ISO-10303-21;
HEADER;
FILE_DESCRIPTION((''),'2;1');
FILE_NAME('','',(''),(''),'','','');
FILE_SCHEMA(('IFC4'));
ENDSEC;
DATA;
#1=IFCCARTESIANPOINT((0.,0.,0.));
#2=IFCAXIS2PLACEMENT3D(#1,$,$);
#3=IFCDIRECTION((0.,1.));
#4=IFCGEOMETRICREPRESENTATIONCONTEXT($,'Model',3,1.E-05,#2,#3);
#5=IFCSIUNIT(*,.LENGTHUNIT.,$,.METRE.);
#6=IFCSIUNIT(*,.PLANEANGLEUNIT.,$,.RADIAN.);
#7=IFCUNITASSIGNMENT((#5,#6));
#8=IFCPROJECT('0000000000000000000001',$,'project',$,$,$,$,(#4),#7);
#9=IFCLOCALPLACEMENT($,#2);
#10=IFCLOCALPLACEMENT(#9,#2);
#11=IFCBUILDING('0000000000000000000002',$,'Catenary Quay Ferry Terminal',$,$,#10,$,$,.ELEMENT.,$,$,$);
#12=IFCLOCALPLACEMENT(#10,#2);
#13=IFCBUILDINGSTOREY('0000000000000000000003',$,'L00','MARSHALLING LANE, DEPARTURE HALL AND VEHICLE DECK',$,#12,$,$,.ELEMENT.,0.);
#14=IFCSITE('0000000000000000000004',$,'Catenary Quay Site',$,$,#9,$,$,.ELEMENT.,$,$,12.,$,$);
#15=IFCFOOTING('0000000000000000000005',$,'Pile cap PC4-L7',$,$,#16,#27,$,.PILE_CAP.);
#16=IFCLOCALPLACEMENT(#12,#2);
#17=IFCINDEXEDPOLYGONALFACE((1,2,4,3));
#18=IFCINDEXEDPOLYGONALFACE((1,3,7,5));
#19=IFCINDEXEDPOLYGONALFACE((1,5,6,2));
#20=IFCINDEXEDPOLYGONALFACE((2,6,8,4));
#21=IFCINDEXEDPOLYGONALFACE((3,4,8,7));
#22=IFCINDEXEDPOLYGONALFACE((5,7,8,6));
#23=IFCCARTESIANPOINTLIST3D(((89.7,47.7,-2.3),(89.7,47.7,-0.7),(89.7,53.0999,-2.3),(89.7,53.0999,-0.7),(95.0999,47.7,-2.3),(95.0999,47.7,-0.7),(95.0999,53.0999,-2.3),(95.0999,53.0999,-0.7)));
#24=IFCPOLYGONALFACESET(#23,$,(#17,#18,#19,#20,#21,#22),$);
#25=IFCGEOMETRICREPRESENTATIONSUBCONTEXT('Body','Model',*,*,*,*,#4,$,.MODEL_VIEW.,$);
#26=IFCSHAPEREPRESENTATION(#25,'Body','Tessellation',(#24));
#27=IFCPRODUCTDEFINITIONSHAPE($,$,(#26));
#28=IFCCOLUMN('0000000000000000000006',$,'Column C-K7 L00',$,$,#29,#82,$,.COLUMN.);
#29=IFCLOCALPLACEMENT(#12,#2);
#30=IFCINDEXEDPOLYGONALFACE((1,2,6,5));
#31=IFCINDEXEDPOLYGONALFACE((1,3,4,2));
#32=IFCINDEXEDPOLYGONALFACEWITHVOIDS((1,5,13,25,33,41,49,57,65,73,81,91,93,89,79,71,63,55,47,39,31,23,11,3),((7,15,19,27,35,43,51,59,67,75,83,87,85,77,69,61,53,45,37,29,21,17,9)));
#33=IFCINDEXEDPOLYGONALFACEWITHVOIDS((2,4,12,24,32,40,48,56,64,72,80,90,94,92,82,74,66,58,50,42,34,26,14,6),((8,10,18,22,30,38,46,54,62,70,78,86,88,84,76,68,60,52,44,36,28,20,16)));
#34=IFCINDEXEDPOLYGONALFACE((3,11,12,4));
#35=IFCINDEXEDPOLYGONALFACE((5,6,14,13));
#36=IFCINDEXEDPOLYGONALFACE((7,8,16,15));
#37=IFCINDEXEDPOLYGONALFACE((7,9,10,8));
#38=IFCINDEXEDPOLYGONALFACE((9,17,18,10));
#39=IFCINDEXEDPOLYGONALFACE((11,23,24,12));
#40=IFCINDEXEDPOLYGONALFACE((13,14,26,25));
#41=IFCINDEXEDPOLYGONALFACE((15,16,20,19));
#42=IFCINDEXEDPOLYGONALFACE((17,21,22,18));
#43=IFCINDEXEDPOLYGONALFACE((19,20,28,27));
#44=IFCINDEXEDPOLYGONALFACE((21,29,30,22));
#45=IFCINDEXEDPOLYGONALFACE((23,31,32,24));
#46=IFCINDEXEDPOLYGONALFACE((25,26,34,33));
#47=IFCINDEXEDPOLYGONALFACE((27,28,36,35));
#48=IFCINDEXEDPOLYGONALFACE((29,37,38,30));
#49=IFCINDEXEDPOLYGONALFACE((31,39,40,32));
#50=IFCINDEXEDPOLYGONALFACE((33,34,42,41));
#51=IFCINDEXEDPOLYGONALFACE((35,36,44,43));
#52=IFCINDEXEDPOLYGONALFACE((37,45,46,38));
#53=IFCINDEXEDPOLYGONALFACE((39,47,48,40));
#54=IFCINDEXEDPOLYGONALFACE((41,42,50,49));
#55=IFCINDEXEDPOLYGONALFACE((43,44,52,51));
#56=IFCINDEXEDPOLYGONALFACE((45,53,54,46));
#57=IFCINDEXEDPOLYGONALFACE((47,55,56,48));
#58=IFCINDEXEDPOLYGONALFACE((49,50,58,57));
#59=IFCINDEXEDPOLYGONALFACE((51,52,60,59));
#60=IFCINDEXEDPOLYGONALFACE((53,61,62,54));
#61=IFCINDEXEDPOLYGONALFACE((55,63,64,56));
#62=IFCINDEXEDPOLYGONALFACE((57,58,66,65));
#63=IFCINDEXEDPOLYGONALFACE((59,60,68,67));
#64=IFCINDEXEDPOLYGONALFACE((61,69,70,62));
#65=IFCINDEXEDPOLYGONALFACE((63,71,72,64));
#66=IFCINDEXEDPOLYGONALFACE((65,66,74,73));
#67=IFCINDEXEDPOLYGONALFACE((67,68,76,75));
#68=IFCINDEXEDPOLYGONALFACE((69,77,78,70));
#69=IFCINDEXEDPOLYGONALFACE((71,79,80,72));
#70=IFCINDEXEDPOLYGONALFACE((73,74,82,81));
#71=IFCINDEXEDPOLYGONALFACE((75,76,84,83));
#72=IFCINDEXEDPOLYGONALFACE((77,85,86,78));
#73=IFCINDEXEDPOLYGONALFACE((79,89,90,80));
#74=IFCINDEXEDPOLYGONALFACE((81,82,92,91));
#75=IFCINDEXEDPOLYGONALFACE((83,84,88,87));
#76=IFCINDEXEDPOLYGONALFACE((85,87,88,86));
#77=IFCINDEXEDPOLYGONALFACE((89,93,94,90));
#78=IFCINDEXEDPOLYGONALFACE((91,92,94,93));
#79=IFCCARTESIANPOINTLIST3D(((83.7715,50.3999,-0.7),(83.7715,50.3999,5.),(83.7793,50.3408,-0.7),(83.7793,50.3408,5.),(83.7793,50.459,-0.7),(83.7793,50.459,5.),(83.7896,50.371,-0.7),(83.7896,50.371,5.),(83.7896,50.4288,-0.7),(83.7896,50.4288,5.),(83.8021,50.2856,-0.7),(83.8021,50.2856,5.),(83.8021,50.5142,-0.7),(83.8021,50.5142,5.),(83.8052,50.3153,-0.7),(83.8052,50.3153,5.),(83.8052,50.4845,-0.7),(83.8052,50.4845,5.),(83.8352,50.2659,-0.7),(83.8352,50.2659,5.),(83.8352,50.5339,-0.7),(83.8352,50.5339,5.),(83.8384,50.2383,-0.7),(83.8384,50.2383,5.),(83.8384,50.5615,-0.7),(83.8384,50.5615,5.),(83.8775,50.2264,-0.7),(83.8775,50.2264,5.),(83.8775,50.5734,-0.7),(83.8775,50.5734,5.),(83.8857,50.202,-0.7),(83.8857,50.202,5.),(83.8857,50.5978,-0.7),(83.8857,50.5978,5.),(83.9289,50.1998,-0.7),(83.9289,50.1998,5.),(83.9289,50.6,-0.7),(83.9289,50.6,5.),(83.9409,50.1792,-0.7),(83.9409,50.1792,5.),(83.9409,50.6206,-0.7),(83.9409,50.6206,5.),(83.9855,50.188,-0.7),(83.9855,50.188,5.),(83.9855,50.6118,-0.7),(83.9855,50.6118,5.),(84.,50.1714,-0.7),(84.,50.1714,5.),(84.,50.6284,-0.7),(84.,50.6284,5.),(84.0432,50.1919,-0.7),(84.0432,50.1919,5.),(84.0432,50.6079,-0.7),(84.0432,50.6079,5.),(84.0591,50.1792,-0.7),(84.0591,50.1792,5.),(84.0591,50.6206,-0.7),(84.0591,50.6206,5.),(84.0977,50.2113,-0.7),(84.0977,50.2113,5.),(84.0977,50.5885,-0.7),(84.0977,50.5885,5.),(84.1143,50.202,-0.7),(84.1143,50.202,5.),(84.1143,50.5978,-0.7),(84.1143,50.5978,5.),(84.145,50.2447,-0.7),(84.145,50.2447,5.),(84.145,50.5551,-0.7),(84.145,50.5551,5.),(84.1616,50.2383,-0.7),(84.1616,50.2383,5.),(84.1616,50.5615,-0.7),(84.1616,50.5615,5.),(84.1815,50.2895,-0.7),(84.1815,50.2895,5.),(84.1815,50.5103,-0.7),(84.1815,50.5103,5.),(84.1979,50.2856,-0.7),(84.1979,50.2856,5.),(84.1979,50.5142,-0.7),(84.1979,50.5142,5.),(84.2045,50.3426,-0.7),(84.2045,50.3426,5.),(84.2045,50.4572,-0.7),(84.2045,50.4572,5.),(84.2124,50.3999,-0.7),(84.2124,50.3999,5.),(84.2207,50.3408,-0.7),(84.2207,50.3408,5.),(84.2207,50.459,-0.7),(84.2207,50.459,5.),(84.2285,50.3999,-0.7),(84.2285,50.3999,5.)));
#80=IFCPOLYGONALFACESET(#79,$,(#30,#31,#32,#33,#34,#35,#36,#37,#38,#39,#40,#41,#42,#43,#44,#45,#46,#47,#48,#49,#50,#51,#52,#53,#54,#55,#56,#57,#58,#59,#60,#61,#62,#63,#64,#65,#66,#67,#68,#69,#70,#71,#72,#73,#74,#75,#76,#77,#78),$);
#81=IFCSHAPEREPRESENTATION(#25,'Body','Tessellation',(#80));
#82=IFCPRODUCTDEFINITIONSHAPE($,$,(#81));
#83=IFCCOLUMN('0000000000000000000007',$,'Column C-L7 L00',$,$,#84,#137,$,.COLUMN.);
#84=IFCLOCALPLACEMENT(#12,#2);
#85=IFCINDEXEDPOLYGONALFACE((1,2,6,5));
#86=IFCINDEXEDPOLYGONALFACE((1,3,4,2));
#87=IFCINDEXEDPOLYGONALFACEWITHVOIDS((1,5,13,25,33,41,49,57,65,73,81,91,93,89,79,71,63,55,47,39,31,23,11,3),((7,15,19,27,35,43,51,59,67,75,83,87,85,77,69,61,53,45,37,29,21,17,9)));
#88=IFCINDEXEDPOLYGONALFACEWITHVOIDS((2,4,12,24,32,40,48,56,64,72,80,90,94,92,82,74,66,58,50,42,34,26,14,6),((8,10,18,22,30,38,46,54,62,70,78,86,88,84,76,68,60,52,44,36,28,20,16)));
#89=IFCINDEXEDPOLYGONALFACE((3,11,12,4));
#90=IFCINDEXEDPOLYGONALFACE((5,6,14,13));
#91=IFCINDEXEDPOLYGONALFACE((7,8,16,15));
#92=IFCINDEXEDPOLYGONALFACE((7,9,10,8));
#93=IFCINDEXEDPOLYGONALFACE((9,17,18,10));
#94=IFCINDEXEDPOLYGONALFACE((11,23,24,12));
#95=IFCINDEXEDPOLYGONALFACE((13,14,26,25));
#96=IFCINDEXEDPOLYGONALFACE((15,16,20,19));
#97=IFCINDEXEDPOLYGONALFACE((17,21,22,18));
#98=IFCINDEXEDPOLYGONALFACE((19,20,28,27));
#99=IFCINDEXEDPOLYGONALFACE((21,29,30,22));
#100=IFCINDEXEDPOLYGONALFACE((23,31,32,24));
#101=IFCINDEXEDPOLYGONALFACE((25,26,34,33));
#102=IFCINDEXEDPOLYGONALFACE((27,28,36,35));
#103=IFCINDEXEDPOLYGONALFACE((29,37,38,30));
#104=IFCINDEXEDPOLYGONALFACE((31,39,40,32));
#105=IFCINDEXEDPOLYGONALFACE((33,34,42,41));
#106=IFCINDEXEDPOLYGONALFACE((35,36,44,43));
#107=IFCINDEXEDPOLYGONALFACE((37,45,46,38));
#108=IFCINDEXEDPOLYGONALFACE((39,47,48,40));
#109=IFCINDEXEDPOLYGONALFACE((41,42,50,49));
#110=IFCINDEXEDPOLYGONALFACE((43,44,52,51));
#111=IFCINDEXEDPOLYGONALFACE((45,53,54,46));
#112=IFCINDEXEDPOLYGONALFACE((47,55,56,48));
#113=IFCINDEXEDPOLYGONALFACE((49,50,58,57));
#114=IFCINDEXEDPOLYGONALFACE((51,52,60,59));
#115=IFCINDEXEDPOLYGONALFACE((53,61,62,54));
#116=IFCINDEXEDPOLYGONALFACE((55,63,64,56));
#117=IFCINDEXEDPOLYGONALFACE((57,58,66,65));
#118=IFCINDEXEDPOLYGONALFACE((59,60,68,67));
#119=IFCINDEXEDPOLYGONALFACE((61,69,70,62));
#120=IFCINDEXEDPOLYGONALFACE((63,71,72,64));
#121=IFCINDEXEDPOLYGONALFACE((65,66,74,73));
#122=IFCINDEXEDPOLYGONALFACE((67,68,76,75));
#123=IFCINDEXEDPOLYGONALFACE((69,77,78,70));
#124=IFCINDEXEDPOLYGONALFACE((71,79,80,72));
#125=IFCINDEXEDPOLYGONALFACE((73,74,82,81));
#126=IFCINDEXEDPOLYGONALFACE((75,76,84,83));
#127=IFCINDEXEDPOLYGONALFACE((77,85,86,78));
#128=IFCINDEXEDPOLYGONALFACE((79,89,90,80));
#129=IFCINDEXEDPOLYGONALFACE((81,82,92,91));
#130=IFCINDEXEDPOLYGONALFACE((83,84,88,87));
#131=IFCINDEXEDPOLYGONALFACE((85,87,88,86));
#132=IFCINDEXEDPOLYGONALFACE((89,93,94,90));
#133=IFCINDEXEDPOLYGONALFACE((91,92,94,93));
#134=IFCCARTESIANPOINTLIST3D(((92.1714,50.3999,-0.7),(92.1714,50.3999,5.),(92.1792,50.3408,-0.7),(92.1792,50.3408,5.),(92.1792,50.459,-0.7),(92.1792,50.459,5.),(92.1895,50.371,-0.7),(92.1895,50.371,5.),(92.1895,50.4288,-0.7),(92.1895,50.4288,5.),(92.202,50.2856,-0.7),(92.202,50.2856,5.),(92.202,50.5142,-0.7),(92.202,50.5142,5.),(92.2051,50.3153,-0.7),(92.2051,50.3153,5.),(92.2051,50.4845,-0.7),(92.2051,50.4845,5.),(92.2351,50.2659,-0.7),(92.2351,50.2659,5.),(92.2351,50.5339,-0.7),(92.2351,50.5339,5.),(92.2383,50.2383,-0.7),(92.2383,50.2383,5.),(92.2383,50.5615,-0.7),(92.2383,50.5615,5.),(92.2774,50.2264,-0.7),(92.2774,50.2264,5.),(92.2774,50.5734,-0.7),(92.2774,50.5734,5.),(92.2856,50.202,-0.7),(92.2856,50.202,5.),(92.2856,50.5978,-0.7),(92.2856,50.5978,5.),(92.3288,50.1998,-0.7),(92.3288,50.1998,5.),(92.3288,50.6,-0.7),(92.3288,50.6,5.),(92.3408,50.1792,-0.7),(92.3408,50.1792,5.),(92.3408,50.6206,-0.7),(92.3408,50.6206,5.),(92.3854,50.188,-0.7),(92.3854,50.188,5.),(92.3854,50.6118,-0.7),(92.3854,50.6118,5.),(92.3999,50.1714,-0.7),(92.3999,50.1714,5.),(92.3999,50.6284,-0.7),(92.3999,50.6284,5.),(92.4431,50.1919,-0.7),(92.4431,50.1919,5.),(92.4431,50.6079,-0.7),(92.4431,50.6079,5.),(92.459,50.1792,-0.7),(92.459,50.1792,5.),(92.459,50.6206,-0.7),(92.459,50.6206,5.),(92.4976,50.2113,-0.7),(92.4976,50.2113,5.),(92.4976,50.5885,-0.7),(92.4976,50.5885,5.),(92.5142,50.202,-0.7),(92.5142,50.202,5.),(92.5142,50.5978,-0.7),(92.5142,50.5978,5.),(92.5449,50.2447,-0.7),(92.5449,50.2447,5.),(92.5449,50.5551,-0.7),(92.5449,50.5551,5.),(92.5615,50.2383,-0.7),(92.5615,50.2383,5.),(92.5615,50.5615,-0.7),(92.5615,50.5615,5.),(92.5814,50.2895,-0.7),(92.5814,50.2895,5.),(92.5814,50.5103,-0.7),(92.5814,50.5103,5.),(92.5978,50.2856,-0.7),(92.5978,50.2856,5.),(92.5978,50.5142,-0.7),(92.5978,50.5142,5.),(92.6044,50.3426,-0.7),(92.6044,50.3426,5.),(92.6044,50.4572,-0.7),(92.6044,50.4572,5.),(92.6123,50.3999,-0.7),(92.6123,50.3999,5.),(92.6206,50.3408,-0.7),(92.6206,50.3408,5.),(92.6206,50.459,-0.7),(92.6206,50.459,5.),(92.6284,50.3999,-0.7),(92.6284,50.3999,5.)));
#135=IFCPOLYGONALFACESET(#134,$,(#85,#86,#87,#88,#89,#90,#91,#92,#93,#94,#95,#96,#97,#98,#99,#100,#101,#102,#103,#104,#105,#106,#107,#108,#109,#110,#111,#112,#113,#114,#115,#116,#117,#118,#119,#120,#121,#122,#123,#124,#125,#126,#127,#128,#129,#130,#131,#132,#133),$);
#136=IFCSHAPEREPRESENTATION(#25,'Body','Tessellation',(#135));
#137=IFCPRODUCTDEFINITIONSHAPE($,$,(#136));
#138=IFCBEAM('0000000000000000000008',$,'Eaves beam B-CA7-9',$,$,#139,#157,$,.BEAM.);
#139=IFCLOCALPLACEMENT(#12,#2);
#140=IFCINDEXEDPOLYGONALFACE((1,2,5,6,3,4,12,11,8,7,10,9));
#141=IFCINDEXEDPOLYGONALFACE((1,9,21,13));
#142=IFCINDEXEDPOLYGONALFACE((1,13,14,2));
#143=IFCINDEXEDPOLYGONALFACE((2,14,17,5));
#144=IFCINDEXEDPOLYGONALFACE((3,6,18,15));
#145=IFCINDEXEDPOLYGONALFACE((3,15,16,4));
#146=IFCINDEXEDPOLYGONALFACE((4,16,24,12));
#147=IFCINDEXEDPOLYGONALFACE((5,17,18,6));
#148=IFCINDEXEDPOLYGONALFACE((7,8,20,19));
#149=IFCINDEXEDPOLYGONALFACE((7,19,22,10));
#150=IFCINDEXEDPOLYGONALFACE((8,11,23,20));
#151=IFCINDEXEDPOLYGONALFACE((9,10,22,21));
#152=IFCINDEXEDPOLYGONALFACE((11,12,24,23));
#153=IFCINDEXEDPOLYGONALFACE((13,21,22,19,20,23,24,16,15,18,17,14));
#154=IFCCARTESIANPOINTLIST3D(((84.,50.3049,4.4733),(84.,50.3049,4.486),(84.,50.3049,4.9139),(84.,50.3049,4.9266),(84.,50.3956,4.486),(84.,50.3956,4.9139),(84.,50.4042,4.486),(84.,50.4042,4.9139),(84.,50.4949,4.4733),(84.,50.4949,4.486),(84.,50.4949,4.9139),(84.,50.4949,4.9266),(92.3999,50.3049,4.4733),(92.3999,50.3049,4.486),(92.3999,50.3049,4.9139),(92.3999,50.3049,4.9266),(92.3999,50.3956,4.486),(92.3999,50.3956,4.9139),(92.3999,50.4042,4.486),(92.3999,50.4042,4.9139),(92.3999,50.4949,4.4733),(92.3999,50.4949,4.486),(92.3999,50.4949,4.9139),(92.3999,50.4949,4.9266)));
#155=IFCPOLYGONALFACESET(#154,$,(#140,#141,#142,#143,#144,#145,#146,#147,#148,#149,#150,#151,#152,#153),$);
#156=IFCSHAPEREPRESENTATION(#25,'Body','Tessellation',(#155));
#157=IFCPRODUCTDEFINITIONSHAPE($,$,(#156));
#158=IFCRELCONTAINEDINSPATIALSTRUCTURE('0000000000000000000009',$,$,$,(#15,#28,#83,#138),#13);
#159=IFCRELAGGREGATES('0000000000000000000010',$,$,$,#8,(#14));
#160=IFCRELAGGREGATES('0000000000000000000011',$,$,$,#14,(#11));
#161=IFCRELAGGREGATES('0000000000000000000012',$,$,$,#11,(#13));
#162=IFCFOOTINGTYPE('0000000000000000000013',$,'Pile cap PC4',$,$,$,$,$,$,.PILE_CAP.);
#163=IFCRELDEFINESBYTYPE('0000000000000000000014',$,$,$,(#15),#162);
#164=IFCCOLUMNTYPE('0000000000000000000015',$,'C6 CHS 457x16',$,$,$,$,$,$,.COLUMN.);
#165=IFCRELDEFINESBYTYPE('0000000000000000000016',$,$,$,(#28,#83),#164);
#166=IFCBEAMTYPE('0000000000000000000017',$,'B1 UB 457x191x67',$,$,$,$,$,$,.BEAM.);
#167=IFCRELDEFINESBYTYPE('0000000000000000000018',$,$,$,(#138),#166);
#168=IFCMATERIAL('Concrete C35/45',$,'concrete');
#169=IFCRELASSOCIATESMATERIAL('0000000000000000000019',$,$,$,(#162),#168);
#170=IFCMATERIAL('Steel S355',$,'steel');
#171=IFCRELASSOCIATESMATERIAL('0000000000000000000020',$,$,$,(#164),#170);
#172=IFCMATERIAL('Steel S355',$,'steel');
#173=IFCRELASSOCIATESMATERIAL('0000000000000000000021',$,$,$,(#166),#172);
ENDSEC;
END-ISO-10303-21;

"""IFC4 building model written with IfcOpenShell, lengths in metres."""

from ifc_helpers import new_model, si_unit, direction, frame, origin, origin_2d, place, context, subcontext, project, spatial, rectangle, hollow_circle, i_section, extrude, material, material_profile, profile_set, type_object, element, save


model = new_model("IFC4")

# Units and contexts
model_context = context("Model", 3, precision=1e-05, world=origin(), true_north=direction((0.0, 1.0)))
body_context = subcontext(model_context, "Body", "Model", "MODEL_VIEW")
ifc_project = project(units=[si_unit("LENGTHUNIT", "METRE"), si_unit("PLANEANGLEUNIT", "RADIAN")], contexts=[model_context])

# Site, building, storey
site_placement = place(None, origin())
site = spatial("IfcSite", under=ifc_project, at=site_placement, Name="Catenary Quay Site", CompositionType="ELEMENT", RefElevation=12.0)
building_placement = place(site_placement, origin())
building = spatial("IfcBuilding", under=site, at=building_placement, Name="Catenary Quay Ferry Terminal", CompositionType="ELEMENT")
storey_placement = place(building_placement, origin())
storey = spatial("IfcBuildingStorey", under=building, at=storey_placement, Name="L00", Description="MARSHALLING LANE, DEPARTURE HALL AND VEHICLE DECK", CompositionType="ELEMENT", Elevation=0.0)

# Footing
ifc_material_1 = material(Name="Concrete C35/45", Category="concrete")
footing_type_1 = type_object("IfcFootingType", Name="Pile cap PC4", PredefinedType="PILE_CAP", material=ifc_material_1)
for number, where, z_axis, x_axis, name in (
    (1, (92.3999, 50.3999, -2.3), (0.0, 0.0, 1.0), (1.0, 0.0, 0.0), "Pile cap PC4-L7"),
):
    element("IfcFooting", number, at=place(storey_placement, frame(where, z_axis=z_axis, x_axis=x_axis)), inside=storey, type_object=footing_type_1, Name=name, PredefinedType="PILE_CAP", context=body_context, shape_type="SweptSolid", body=[
        extrude(rectangle(XDim=5.3999, YDim=5.3999, at=origin_2d()), origin(), (0.0, 0.0, 1.0), 1.6001),
    ])

# Columns
ifc_material_2 = material(Name="Steel S355", Category="steel")
ifc_material_profile_1 = material_profile(ifc_material_2, hollow_circle(Radius=0.2285, WallThickness=0.0161, at=origin_2d()), Name="CHS 457x16")
ifc_profile_set_1 = profile_set([ifc_material_profile_1], Name="Steel S355")
column_type = type_object("IfcColumnType", Name="C6 CHS 457x16", PredefinedType="COLUMN", material=ifc_profile_set_1)
for number, where, z_axis, x_axis, name in (
    (2, (84.0, 50.3999, -0.7), (0.0, 0.0, 1.0), (1.0, 0.0, 0.0), "Column C-K7 L00"),
    (3, (92.3999, 50.3999, -0.7), (0.0, 0.0, 1.0), (1.0, 0.0, 0.0), "Column C-L7 L00"),
):
    element("IfcColumn", number, at=place(storey_placement, frame(where, z_axis=z_axis, x_axis=x_axis)), inside=storey, type_object=column_type, Name=name, PredefinedType="COLUMN", context=body_context, shape_type="SweptSolid", body=[
        extrude(hollow_circle(Radius=0.2285, WallThickness=0.0161, at=origin_2d()), origin(), (0.0, 0.0, 1.0), 5.7),
    ])

# Beam
ifc_material_3 = material(Name="Steel S355", Category="steel")
ifc_material_profile_2 = material_profile(ifc_material_3, i_section(OverallWidth=0.1899, OverallDepth=0.4534, WebThickness=0.0085, FlangeThickness=0.0127, at=origin_2d()), Name="UB 457x191x67")
ifc_profile_set_2 = profile_set([ifc_material_profile_2], Name="Steel S355")
beam_type = type_object("IfcBeamType", Name="B1 UB 457x191x67", PredefinedType="BEAM", material=ifc_profile_set_2)
beam_placement = place(storey_placement, frame((84.0, 50.3999, 4.7), z_axis=(1.0, 0.0, 0.0), x_axis=(0.0, 1.0, 0.0)))
element("IfcBeam", 4, at=beam_placement, inside=storey, type_object=beam_type, Name="Eaves beam B-CA7-9", PredefinedType="BEAM", context=body_context, shape_type="SweptSolid", body=[
    extrude(i_section(OverallWidth=0.1899, OverallDepth=0.4534, WebThickness=0.0085, FlangeThickness=0.0127, at=origin_2d()), origin(), (0.0, 0.0, 1.0), 8.3999),
])

save(model, "model.ifc")
